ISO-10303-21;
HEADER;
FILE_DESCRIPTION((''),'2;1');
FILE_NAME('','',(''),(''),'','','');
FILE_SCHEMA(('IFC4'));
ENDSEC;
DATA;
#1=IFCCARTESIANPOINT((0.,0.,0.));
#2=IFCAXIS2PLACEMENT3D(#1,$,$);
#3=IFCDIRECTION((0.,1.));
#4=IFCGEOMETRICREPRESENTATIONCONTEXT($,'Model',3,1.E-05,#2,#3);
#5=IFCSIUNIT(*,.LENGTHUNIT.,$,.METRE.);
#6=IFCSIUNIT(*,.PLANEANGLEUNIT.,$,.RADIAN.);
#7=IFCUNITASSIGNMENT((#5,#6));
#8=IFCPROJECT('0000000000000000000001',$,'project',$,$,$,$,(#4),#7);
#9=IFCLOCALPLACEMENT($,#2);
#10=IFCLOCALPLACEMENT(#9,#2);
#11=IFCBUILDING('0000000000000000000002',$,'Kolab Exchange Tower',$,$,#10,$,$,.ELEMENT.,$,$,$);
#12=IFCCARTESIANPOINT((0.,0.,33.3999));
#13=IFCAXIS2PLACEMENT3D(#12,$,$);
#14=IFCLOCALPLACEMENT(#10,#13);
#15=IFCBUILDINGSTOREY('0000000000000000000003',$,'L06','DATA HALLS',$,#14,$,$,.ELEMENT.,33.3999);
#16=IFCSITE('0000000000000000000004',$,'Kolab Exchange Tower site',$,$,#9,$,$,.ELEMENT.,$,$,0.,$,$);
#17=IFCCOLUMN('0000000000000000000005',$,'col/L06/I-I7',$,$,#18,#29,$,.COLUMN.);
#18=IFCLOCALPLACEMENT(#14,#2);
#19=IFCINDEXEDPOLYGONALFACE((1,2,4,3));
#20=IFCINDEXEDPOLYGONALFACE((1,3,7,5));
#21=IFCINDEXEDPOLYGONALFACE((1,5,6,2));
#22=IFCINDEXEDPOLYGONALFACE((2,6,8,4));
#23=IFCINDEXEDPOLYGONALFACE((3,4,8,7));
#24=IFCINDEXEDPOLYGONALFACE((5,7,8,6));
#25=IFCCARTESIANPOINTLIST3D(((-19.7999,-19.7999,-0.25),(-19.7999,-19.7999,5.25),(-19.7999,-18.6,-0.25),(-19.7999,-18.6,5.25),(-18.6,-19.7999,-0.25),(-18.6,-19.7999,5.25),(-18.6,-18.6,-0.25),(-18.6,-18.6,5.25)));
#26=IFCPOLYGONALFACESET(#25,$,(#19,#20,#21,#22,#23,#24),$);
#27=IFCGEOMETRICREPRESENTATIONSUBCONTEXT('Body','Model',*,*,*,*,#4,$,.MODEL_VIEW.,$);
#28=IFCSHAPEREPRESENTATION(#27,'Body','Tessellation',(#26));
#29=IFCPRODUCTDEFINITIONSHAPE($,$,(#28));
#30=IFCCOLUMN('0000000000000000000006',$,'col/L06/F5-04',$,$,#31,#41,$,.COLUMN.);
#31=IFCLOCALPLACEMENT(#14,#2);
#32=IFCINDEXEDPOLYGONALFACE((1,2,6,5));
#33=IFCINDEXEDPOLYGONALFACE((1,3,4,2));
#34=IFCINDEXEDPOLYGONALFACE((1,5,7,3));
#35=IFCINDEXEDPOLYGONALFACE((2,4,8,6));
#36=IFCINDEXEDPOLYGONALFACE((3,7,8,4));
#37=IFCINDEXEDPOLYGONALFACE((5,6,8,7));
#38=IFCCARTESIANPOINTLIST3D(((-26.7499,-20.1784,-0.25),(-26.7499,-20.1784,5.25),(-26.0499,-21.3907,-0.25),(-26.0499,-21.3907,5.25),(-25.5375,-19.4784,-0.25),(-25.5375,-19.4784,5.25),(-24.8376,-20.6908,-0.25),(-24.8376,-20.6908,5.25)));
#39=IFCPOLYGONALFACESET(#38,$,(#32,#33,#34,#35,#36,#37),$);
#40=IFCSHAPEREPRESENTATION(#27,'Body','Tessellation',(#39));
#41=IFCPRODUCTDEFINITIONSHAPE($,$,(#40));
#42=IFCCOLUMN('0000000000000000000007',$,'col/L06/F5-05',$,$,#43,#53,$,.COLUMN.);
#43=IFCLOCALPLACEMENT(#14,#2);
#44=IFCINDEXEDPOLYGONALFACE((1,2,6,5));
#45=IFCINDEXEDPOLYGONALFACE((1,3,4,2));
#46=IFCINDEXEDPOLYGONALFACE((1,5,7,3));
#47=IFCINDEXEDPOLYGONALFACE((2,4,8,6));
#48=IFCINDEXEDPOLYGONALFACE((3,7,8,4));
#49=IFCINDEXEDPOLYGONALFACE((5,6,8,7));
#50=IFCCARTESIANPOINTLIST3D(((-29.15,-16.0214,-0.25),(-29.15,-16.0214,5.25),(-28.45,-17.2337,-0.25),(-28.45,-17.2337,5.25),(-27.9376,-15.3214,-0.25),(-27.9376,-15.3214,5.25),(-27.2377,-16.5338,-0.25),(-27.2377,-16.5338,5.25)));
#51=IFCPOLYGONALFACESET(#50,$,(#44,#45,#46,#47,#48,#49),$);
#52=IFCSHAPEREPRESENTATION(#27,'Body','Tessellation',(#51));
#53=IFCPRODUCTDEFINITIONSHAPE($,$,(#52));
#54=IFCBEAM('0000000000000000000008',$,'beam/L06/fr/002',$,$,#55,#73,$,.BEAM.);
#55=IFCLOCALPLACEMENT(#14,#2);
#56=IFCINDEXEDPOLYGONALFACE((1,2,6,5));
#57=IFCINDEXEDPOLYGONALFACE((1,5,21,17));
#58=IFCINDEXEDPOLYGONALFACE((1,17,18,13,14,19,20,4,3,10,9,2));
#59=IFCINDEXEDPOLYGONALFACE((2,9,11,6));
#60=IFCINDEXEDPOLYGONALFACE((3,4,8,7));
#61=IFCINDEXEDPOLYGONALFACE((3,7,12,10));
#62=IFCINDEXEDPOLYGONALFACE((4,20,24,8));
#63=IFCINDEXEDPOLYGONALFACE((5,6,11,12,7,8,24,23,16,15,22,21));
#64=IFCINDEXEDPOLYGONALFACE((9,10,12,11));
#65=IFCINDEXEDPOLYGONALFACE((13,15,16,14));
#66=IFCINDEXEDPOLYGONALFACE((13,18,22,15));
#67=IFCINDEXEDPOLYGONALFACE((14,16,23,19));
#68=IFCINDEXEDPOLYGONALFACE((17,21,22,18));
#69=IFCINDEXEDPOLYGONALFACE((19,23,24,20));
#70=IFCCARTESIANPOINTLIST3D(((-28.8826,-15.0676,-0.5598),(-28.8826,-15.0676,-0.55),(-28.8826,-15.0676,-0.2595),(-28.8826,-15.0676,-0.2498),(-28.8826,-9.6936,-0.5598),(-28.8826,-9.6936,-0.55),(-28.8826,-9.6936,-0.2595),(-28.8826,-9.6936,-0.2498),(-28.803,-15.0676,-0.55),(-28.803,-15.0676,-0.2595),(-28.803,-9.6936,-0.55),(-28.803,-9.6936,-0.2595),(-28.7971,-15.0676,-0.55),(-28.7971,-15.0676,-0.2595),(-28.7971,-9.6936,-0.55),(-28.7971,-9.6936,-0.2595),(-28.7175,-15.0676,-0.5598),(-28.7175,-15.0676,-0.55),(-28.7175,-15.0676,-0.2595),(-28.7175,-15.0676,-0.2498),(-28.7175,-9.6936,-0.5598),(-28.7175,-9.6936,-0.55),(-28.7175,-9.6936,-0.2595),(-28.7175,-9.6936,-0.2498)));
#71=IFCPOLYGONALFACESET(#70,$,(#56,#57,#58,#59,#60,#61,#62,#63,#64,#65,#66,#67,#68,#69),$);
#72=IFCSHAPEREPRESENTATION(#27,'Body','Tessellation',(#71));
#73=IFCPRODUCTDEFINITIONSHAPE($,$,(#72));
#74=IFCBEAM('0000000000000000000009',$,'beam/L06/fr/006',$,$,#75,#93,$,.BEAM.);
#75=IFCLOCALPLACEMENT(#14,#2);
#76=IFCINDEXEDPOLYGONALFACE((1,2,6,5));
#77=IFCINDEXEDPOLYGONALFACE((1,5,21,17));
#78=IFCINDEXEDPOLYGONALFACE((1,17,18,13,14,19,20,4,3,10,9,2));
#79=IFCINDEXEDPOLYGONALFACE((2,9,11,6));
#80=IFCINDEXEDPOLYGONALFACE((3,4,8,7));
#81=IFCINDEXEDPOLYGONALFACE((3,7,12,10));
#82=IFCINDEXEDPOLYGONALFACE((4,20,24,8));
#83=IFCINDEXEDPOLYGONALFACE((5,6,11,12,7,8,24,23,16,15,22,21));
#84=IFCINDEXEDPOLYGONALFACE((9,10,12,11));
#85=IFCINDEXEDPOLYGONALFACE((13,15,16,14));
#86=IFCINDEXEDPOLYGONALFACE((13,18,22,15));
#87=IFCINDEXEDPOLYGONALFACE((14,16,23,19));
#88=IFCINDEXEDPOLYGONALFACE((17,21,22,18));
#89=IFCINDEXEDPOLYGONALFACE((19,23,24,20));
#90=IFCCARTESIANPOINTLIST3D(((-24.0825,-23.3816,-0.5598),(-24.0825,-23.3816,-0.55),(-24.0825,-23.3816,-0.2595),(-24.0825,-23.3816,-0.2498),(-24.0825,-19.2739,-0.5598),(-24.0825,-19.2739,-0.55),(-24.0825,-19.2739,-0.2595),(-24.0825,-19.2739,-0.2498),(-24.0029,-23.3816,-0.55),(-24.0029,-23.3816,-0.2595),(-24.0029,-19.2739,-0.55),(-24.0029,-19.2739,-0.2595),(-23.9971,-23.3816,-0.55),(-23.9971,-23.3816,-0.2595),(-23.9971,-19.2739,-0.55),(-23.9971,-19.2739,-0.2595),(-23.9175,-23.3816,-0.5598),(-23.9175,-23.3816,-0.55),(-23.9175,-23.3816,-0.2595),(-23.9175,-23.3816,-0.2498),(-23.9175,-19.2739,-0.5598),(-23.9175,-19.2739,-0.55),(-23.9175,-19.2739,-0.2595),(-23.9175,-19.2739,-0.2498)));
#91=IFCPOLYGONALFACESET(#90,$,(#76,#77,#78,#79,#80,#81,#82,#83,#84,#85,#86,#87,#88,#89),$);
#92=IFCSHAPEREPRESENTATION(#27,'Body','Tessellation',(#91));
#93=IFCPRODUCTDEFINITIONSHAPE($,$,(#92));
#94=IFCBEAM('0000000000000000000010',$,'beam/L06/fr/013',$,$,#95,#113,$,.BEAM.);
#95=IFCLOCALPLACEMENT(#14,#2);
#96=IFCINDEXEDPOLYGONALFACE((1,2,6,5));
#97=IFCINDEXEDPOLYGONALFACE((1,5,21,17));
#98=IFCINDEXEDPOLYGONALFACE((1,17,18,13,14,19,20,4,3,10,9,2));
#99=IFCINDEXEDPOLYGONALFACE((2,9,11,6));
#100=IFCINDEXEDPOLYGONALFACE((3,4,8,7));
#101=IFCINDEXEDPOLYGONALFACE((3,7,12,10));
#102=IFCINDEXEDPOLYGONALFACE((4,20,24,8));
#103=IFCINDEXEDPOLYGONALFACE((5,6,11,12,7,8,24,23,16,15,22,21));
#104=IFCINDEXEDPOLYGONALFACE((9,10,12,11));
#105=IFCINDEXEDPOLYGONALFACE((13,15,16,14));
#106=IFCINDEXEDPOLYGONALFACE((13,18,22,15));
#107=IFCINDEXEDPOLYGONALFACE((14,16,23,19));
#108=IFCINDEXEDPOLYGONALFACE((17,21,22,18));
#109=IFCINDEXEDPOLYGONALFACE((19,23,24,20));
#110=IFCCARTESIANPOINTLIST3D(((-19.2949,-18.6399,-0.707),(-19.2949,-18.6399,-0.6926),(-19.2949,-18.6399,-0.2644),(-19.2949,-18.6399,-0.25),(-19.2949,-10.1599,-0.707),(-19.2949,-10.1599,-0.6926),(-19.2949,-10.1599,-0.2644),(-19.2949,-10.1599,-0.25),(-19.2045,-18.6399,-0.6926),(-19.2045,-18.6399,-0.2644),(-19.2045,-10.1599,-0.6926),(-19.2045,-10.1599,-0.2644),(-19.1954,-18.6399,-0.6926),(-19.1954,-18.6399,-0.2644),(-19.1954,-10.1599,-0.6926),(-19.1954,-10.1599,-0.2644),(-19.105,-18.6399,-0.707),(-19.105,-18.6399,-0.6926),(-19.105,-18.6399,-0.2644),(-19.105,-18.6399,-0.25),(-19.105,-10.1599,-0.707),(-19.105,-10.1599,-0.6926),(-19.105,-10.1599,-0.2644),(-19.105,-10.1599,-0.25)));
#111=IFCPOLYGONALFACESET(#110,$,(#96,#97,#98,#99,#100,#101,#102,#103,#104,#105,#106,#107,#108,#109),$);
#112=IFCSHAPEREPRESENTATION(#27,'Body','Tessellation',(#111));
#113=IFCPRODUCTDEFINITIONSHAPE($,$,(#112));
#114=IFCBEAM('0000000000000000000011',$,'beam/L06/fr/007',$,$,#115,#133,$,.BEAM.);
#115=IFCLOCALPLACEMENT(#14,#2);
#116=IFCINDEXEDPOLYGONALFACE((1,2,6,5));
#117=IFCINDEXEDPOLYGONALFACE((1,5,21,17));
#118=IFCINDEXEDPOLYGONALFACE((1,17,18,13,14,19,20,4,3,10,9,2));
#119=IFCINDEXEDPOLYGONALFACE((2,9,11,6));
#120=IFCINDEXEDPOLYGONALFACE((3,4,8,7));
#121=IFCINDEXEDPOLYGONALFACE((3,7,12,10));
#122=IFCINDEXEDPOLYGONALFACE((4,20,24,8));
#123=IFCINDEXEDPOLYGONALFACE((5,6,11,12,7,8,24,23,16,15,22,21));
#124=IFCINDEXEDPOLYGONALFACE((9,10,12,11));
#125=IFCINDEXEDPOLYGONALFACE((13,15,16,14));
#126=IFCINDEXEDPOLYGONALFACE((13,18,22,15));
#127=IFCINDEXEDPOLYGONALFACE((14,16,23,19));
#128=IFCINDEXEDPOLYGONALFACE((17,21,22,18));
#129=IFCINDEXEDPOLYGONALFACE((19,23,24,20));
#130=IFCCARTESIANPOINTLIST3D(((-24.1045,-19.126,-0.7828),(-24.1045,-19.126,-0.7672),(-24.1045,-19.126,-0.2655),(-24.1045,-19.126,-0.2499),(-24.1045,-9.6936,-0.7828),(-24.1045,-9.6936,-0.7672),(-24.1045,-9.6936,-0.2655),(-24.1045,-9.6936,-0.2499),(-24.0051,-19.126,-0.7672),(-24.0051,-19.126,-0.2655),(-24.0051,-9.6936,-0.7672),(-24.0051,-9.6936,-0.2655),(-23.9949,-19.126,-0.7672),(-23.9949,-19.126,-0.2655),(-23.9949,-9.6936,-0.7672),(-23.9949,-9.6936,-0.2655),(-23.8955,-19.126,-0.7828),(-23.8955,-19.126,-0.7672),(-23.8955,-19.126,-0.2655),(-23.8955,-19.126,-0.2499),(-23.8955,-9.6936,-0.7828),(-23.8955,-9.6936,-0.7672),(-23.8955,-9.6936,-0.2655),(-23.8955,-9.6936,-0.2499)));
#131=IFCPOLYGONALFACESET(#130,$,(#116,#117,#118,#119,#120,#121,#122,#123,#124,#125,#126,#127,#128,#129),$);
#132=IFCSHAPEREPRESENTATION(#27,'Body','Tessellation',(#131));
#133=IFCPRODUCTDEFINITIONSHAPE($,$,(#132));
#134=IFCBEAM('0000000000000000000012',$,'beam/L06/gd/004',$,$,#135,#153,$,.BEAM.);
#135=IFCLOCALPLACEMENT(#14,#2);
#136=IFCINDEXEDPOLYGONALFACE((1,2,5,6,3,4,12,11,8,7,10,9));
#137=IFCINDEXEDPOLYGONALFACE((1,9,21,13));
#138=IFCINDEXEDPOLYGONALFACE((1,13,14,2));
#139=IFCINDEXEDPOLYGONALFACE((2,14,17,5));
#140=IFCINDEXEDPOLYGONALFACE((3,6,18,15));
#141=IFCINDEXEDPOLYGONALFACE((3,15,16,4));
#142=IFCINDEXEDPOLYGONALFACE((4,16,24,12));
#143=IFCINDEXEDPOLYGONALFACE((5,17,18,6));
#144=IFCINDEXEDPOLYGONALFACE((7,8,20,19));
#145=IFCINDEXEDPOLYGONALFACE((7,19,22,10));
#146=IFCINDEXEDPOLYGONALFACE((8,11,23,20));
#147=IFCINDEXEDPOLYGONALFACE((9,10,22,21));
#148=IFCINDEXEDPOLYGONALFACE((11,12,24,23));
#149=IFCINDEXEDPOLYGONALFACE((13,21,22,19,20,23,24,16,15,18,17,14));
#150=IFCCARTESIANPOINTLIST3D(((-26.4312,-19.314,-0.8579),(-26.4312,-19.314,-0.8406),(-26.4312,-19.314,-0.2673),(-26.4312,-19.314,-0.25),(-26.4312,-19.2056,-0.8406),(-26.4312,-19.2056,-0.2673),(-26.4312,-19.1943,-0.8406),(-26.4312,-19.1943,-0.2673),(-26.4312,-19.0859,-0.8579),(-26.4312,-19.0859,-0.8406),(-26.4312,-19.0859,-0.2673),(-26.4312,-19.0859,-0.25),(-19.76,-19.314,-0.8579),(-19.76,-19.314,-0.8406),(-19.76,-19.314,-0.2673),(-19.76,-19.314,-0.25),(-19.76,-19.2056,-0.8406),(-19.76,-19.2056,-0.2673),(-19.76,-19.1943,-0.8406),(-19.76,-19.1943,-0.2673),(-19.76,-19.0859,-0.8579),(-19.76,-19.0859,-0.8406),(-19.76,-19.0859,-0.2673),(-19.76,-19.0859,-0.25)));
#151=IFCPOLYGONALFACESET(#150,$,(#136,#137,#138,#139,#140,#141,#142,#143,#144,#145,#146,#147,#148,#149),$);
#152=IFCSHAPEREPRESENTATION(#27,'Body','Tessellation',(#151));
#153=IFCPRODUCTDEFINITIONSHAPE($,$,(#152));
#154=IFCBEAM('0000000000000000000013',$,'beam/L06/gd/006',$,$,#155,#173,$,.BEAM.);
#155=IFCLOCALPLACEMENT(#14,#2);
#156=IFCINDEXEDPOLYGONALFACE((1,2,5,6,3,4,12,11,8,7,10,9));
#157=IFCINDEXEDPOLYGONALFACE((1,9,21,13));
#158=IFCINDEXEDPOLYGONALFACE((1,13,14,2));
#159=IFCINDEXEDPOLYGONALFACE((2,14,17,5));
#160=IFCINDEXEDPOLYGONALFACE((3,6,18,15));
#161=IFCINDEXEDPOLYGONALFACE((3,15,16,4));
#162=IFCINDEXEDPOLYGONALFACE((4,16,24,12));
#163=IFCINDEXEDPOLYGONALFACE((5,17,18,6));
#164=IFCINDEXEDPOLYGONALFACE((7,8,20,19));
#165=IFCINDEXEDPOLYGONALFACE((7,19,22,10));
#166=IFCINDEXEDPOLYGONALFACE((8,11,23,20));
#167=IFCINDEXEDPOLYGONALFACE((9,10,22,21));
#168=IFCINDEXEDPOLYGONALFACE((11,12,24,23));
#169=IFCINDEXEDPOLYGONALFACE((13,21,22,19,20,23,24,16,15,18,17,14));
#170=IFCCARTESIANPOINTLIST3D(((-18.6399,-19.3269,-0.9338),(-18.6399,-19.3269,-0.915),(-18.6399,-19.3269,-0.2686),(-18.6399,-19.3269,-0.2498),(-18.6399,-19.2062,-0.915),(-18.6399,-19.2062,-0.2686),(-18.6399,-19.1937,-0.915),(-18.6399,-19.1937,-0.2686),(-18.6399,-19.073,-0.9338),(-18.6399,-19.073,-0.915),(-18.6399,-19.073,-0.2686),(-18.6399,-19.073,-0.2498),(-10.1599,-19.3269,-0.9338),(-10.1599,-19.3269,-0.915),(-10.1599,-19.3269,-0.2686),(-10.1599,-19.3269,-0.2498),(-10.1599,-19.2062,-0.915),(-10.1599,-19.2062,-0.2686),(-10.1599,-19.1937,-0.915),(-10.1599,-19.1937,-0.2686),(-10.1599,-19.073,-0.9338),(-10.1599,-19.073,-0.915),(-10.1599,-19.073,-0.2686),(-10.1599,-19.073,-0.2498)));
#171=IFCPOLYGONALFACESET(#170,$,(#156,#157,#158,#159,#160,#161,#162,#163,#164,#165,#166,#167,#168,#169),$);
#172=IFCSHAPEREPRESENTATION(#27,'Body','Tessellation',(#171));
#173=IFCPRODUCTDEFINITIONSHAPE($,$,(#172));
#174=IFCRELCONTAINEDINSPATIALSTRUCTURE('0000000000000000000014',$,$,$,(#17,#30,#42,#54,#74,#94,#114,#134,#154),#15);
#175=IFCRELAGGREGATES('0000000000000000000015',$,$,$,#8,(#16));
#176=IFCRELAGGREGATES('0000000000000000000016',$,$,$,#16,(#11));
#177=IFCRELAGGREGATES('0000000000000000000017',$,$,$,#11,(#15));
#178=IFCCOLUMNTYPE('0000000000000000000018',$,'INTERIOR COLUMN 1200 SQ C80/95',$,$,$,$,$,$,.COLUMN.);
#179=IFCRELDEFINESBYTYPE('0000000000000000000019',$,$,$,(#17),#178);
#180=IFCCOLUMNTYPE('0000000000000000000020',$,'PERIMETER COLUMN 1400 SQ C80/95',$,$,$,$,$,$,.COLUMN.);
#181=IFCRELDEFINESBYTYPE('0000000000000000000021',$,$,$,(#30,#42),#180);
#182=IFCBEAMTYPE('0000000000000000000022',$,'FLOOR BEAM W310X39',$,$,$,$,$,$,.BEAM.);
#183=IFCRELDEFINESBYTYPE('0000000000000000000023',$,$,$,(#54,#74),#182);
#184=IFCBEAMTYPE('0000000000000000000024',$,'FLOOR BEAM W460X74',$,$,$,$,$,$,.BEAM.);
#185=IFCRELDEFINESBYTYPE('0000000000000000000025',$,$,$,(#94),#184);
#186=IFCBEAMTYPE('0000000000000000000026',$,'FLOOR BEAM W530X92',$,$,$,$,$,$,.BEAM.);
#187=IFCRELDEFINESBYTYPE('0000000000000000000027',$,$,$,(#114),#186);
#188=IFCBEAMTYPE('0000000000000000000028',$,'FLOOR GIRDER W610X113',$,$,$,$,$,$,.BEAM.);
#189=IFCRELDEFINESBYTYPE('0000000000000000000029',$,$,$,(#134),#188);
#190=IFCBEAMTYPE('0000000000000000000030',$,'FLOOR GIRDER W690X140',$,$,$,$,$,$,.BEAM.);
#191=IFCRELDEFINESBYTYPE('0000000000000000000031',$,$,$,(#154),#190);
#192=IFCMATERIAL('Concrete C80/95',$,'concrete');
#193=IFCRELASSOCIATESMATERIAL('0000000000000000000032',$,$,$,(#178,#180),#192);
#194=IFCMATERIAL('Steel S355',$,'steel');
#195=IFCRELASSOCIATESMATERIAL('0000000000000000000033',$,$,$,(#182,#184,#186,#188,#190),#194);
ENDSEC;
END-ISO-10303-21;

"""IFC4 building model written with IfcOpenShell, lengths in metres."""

from ifc_helpers import new_model, si_unit, direction, frame, origin, origin_2d, place, context, subcontext, project, spatial, rectangle, i_section, extrude, material, material_profile, profile_set, type_object, element, save


model = new_model("IFC4")

# Units and contexts
model_context = context("Model", 3, precision=1e-05, world=origin(), true_north=direction((0.0, 1.0)))
body_context = subcontext(model_context, "Body", "Model", "MODEL_VIEW")
ifc_project = project(units=[si_unit("LENGTHUNIT", "METRE"), si_unit("PLANEANGLEUNIT", "RADIAN")], contexts=[model_context])

# Site, building, storey
site_placement = place(None, origin())
site = spatial("IfcSite", under=ifc_project, at=site_placement, Name="Kolab Exchange Tower site", CompositionType="ELEMENT", RefElevation=0.0)
building_placement = place(site_placement, origin())
building = spatial("IfcBuilding", under=site, at=building_placement, Name="Kolab Exchange Tower", CompositionType="ELEMENT")
storey_placement = place(building_placement, frame((0.0, 0.0, 33.3999)))
storey = spatial("IfcBuildingStorey", under=building, at=storey_placement, Name="L06", Description="DATA HALLS", CompositionType="ELEMENT", Elevation=33.3999)

# Columns
ifc_material_1 = material(Name="Concrete C80/95", Category="concrete")
ifc_material_profile_1 = material_profile(ifc_material_1, rectangle(XDim=1.2, YDim=1.2, at=origin_2d()), Name="RC1200")
ifc_profile_set_1 = profile_set([ifc_material_profile_1], Name="Concrete C80/95")
column_type_1 = type_object("IfcColumnType", Name="INTERIOR COLUMN 1200 SQ C80/95", PredefinedType="COLUMN", material=ifc_profile_set_1)
column_placement = place(storey_placement, frame((-19.2, -19.2, -0.25), z_axis=(0.0, 0.0, 1.0), x_axis=(1.0, 0.0, 0.0)))
element("IfcColumn", 1, at=column_placement, inside=storey, type_object=column_type_1, Name="col/L06/I-I7", PredefinedType="COLUMN", context=body_context, shape_type="SweptSolid", body=[
    extrude(rectangle(XDim=1.2, YDim=1.2, at=origin_2d()), origin(), (0.0, 0.0, 1.0), 5.5),
])
ifc_material_profile_2 = material_profile(ifc_material_1, rectangle(XDim=1.3999, YDim=1.3999, at=origin_2d()), Name="RC1400")
ifc_profile_set_2 = profile_set([ifc_material_profile_2], Name="Concrete C80/95")
column_type_2 = type_object("IfcColumnType", Name="PERIMETER COLUMN 1400 SQ C80/95", PredefinedType="COLUMN", material=ifc_profile_set_2)
for number, where, z_axis, x_axis, name in (
    (2, (-25.7937, -20.4346, -0.25), (0.0, 0.0, 1.0), (0.866025, 0.5, 0.0), "col/L06/F5-04"),
    (3, (-28.1938, -16.2776, -0.25), (0.0, 0.0, 1.0), (0.866025, 0.5, 0.0), "col/L06/F5-05"),
):
    element("IfcColumn", number, at=place(storey_placement, frame(where, z_axis=z_axis, x_axis=x_axis)), inside=storey, type_object=column_type_2, Name=name, PredefinedType="COLUMN", context=body_context, shape_type="SweptSolid", body=[
        extrude(rectangle(XDim=1.3999, YDim=1.3999, at=origin_2d()), origin(), (0.0, 0.0, 1.0), 5.5),
    ])

# Beams
ifc_material_2 = material(Name="Steel S355", Category="steel")
ifc_material_profile_3 = material_profile(ifc_material_2, i_section(OverallWidth=0.165, OverallDepth=0.3101, WebThickness=0.0059, FlangeThickness=0.0098, at=origin_2d()), Name="W310X39")
ifc_profile_set_3 = profile_set([ifc_material_profile_3], Name="Steel S355")
beam_type_1 = type_object("IfcBeamType", Name="FLOOR BEAM W310X39", PredefinedType="BEAM", material=ifc_profile_set_3)
beam_1_placement = place(storey_placement, frame((-28.8, -15.0676, -0.4048), z_axis=(0.0, 1.0, 0.0), x_axis=(-1.0, 0.0, 0.0)))
element("IfcBeam", 4, at=beam_1_placement, inside=storey, type_object=beam_type_1, Name="beam/L06/fr/002", PredefinedType="BEAM", context=body_context, shape_type="SweptSolid", body=[
    extrude(i_section(OverallWidth=0.165, OverallDepth=0.3101, WebThickness=0.0059, FlangeThickness=0.0098, at=origin_2d()), origin(), (0.0, 0.0, 1.0), 5.374),
])
beam_2_placement = place(storey_placement, frame((-24.0, -23.3816, -0.4048), z_axis=(0.0, 1.0, 0.0), x_axis=(-1.0, 0.0, 0.0)))
element("IfcBeam", 5, at=beam_2_placement, inside=storey, type_object=beam_type_1, Name="beam/L06/fr/006", PredefinedType="BEAM", context=body_context, shape_type="SweptSolid", body=[
    extrude(i_section(OverallWidth=0.165, OverallDepth=0.3101, WebThickness=0.0059, FlangeThickness=0.0098, at=origin_2d()), origin(), (0.0, 0.0, 1.0), 4.1077),
])
ifc_material_profile_4 = material_profile(ifc_material_2, i_section(OverallWidth=0.1899, OverallDepth=0.457, WebThickness=0.009, FlangeThickness=0.0144, at=origin_2d()), Name="W460X74")
ifc_profile_set_4 = profile_set([ifc_material_profile_4], Name="Steel S355")
beam_type_2 = type_object("IfcBeamType", Name="FLOOR BEAM W460X74", PredefinedType="BEAM", material=ifc_profile_set_4)
beam_3_placement = place(storey_placement, frame((-19.2, -18.6399, -0.4785), z_axis=(0.0, 1.0, 0.0), x_axis=(-1.0, 0.0, 0.0)))
element("IfcBeam", 6, at=beam_3_placement, inside=storey, type_object=beam_type_2, Name="beam/L06/fr/013", PredefinedType="BEAM", context=body_context, shape_type="SweptSolid", body=[
    extrude(i_section(OverallWidth=0.1899, OverallDepth=0.457, WebThickness=0.009, FlangeThickness=0.0144, at=origin_2d()), origin(), (0.0, 0.0, 1.0), 8.48),
])
ifc_material_profile_5 = material_profile(ifc_material_2, i_section(OverallWidth=0.209, OverallDepth=0.533, WebThickness=0.0103, FlangeThickness=0.0156, at=origin_2d()), Name="W530X92")
ifc_profile_set_5 = profile_set([ifc_material_profile_5], Name="Steel S355")
beam_type_3 = type_object("IfcBeamType", Name="FLOOR BEAM W530X92", PredefinedType="BEAM", material=ifc_profile_set_5)
beam_4_placement = place(storey_placement, frame((-24.0, -19.126, -0.5164), z_axis=(0.0, 1.0, 0.0), x_axis=(-1.0, 0.0, 0.0)))
element("IfcBeam", 7, at=beam_4_placement, inside=storey, type_object=beam_type_3, Name="beam/L06/fr/007", PredefinedType="BEAM", context=body_context, shape_type="SweptSolid", body=[
    extrude(i_section(OverallWidth=0.209, OverallDepth=0.533, WebThickness=0.0103, FlangeThickness=0.0156, at=origin_2d()), origin(), (0.0, 0.0, 1.0), 9.4324),
])
ifc_material_profile_6 = material_profile(ifc_material_2, i_section(OverallWidth=0.228, OverallDepth=0.6079, WebThickness=0.0112, FlangeThickness=0.0173, at=origin_2d()), Name="W610X113")
ifc_profile_set_6 = profile_set([ifc_material_profile_6], Name="Steel S355")
beam_type_4 = type_object("IfcBeamType", Name="FLOOR GIRDER W610X113", PredefinedType="BEAM", material=ifc_profile_set_6)
beam_5_placement = place(storey_placement, frame((-26.4312, -19.2, -0.554), z_axis=(1.0, 0.0, 0.0), x_axis=(0.0, 1.0, 0.0)))
element("IfcBeam", 8, at=beam_5_placement, inside=storey, type_object=beam_type_4, Name="beam/L06/gd/004", PredefinedType="BEAM", context=body_context, shape_type="SweptSolid", body=[
    extrude(i_section(OverallWidth=0.228, OverallDepth=0.6079, WebThickness=0.0112, FlangeThickness=0.0173, at=origin_2d()), origin(), (0.0, 0.0, 1.0), 6.6711),
])
ifc_material_profile_7 = material_profile(ifc_material_2, i_section(OverallWidth=0.2539, OverallDepth=0.6841, WebThickness=0.0125, FlangeThickness=0.0188, at=origin_2d()), Name="W690X140")
ifc_profile_set_7 = profile_set([ifc_material_profile_7], Name="Steel S355")
beam_type_5 = type_object("IfcBeamType", Name="FLOOR GIRDER W690X140", PredefinedType="BEAM", material=ifc_profile_set_7)
beam_6_placement = place(storey_placement, frame((-18.6399, -19.2, -0.5918), z_axis=(1.0, 0.0, 0.0), x_axis=(0.0, 1.0, 0.0)))
element("IfcBeam", 9, at=beam_6_placement, inside=storey, type_object=beam_type_5, Name="beam/L06/gd/006", PredefinedType="BEAM", context=body_context, shape_type="SweptSolid", body=[
    extrude(i_section(OverallWidth=0.2539, OverallDepth=0.6841, WebThickness=0.0125, FlangeThickness=0.0188, at=origin_2d()), origin(), (0.0, 0.0, 1.0), 8.48),
])

save(model, "model.ifc")
